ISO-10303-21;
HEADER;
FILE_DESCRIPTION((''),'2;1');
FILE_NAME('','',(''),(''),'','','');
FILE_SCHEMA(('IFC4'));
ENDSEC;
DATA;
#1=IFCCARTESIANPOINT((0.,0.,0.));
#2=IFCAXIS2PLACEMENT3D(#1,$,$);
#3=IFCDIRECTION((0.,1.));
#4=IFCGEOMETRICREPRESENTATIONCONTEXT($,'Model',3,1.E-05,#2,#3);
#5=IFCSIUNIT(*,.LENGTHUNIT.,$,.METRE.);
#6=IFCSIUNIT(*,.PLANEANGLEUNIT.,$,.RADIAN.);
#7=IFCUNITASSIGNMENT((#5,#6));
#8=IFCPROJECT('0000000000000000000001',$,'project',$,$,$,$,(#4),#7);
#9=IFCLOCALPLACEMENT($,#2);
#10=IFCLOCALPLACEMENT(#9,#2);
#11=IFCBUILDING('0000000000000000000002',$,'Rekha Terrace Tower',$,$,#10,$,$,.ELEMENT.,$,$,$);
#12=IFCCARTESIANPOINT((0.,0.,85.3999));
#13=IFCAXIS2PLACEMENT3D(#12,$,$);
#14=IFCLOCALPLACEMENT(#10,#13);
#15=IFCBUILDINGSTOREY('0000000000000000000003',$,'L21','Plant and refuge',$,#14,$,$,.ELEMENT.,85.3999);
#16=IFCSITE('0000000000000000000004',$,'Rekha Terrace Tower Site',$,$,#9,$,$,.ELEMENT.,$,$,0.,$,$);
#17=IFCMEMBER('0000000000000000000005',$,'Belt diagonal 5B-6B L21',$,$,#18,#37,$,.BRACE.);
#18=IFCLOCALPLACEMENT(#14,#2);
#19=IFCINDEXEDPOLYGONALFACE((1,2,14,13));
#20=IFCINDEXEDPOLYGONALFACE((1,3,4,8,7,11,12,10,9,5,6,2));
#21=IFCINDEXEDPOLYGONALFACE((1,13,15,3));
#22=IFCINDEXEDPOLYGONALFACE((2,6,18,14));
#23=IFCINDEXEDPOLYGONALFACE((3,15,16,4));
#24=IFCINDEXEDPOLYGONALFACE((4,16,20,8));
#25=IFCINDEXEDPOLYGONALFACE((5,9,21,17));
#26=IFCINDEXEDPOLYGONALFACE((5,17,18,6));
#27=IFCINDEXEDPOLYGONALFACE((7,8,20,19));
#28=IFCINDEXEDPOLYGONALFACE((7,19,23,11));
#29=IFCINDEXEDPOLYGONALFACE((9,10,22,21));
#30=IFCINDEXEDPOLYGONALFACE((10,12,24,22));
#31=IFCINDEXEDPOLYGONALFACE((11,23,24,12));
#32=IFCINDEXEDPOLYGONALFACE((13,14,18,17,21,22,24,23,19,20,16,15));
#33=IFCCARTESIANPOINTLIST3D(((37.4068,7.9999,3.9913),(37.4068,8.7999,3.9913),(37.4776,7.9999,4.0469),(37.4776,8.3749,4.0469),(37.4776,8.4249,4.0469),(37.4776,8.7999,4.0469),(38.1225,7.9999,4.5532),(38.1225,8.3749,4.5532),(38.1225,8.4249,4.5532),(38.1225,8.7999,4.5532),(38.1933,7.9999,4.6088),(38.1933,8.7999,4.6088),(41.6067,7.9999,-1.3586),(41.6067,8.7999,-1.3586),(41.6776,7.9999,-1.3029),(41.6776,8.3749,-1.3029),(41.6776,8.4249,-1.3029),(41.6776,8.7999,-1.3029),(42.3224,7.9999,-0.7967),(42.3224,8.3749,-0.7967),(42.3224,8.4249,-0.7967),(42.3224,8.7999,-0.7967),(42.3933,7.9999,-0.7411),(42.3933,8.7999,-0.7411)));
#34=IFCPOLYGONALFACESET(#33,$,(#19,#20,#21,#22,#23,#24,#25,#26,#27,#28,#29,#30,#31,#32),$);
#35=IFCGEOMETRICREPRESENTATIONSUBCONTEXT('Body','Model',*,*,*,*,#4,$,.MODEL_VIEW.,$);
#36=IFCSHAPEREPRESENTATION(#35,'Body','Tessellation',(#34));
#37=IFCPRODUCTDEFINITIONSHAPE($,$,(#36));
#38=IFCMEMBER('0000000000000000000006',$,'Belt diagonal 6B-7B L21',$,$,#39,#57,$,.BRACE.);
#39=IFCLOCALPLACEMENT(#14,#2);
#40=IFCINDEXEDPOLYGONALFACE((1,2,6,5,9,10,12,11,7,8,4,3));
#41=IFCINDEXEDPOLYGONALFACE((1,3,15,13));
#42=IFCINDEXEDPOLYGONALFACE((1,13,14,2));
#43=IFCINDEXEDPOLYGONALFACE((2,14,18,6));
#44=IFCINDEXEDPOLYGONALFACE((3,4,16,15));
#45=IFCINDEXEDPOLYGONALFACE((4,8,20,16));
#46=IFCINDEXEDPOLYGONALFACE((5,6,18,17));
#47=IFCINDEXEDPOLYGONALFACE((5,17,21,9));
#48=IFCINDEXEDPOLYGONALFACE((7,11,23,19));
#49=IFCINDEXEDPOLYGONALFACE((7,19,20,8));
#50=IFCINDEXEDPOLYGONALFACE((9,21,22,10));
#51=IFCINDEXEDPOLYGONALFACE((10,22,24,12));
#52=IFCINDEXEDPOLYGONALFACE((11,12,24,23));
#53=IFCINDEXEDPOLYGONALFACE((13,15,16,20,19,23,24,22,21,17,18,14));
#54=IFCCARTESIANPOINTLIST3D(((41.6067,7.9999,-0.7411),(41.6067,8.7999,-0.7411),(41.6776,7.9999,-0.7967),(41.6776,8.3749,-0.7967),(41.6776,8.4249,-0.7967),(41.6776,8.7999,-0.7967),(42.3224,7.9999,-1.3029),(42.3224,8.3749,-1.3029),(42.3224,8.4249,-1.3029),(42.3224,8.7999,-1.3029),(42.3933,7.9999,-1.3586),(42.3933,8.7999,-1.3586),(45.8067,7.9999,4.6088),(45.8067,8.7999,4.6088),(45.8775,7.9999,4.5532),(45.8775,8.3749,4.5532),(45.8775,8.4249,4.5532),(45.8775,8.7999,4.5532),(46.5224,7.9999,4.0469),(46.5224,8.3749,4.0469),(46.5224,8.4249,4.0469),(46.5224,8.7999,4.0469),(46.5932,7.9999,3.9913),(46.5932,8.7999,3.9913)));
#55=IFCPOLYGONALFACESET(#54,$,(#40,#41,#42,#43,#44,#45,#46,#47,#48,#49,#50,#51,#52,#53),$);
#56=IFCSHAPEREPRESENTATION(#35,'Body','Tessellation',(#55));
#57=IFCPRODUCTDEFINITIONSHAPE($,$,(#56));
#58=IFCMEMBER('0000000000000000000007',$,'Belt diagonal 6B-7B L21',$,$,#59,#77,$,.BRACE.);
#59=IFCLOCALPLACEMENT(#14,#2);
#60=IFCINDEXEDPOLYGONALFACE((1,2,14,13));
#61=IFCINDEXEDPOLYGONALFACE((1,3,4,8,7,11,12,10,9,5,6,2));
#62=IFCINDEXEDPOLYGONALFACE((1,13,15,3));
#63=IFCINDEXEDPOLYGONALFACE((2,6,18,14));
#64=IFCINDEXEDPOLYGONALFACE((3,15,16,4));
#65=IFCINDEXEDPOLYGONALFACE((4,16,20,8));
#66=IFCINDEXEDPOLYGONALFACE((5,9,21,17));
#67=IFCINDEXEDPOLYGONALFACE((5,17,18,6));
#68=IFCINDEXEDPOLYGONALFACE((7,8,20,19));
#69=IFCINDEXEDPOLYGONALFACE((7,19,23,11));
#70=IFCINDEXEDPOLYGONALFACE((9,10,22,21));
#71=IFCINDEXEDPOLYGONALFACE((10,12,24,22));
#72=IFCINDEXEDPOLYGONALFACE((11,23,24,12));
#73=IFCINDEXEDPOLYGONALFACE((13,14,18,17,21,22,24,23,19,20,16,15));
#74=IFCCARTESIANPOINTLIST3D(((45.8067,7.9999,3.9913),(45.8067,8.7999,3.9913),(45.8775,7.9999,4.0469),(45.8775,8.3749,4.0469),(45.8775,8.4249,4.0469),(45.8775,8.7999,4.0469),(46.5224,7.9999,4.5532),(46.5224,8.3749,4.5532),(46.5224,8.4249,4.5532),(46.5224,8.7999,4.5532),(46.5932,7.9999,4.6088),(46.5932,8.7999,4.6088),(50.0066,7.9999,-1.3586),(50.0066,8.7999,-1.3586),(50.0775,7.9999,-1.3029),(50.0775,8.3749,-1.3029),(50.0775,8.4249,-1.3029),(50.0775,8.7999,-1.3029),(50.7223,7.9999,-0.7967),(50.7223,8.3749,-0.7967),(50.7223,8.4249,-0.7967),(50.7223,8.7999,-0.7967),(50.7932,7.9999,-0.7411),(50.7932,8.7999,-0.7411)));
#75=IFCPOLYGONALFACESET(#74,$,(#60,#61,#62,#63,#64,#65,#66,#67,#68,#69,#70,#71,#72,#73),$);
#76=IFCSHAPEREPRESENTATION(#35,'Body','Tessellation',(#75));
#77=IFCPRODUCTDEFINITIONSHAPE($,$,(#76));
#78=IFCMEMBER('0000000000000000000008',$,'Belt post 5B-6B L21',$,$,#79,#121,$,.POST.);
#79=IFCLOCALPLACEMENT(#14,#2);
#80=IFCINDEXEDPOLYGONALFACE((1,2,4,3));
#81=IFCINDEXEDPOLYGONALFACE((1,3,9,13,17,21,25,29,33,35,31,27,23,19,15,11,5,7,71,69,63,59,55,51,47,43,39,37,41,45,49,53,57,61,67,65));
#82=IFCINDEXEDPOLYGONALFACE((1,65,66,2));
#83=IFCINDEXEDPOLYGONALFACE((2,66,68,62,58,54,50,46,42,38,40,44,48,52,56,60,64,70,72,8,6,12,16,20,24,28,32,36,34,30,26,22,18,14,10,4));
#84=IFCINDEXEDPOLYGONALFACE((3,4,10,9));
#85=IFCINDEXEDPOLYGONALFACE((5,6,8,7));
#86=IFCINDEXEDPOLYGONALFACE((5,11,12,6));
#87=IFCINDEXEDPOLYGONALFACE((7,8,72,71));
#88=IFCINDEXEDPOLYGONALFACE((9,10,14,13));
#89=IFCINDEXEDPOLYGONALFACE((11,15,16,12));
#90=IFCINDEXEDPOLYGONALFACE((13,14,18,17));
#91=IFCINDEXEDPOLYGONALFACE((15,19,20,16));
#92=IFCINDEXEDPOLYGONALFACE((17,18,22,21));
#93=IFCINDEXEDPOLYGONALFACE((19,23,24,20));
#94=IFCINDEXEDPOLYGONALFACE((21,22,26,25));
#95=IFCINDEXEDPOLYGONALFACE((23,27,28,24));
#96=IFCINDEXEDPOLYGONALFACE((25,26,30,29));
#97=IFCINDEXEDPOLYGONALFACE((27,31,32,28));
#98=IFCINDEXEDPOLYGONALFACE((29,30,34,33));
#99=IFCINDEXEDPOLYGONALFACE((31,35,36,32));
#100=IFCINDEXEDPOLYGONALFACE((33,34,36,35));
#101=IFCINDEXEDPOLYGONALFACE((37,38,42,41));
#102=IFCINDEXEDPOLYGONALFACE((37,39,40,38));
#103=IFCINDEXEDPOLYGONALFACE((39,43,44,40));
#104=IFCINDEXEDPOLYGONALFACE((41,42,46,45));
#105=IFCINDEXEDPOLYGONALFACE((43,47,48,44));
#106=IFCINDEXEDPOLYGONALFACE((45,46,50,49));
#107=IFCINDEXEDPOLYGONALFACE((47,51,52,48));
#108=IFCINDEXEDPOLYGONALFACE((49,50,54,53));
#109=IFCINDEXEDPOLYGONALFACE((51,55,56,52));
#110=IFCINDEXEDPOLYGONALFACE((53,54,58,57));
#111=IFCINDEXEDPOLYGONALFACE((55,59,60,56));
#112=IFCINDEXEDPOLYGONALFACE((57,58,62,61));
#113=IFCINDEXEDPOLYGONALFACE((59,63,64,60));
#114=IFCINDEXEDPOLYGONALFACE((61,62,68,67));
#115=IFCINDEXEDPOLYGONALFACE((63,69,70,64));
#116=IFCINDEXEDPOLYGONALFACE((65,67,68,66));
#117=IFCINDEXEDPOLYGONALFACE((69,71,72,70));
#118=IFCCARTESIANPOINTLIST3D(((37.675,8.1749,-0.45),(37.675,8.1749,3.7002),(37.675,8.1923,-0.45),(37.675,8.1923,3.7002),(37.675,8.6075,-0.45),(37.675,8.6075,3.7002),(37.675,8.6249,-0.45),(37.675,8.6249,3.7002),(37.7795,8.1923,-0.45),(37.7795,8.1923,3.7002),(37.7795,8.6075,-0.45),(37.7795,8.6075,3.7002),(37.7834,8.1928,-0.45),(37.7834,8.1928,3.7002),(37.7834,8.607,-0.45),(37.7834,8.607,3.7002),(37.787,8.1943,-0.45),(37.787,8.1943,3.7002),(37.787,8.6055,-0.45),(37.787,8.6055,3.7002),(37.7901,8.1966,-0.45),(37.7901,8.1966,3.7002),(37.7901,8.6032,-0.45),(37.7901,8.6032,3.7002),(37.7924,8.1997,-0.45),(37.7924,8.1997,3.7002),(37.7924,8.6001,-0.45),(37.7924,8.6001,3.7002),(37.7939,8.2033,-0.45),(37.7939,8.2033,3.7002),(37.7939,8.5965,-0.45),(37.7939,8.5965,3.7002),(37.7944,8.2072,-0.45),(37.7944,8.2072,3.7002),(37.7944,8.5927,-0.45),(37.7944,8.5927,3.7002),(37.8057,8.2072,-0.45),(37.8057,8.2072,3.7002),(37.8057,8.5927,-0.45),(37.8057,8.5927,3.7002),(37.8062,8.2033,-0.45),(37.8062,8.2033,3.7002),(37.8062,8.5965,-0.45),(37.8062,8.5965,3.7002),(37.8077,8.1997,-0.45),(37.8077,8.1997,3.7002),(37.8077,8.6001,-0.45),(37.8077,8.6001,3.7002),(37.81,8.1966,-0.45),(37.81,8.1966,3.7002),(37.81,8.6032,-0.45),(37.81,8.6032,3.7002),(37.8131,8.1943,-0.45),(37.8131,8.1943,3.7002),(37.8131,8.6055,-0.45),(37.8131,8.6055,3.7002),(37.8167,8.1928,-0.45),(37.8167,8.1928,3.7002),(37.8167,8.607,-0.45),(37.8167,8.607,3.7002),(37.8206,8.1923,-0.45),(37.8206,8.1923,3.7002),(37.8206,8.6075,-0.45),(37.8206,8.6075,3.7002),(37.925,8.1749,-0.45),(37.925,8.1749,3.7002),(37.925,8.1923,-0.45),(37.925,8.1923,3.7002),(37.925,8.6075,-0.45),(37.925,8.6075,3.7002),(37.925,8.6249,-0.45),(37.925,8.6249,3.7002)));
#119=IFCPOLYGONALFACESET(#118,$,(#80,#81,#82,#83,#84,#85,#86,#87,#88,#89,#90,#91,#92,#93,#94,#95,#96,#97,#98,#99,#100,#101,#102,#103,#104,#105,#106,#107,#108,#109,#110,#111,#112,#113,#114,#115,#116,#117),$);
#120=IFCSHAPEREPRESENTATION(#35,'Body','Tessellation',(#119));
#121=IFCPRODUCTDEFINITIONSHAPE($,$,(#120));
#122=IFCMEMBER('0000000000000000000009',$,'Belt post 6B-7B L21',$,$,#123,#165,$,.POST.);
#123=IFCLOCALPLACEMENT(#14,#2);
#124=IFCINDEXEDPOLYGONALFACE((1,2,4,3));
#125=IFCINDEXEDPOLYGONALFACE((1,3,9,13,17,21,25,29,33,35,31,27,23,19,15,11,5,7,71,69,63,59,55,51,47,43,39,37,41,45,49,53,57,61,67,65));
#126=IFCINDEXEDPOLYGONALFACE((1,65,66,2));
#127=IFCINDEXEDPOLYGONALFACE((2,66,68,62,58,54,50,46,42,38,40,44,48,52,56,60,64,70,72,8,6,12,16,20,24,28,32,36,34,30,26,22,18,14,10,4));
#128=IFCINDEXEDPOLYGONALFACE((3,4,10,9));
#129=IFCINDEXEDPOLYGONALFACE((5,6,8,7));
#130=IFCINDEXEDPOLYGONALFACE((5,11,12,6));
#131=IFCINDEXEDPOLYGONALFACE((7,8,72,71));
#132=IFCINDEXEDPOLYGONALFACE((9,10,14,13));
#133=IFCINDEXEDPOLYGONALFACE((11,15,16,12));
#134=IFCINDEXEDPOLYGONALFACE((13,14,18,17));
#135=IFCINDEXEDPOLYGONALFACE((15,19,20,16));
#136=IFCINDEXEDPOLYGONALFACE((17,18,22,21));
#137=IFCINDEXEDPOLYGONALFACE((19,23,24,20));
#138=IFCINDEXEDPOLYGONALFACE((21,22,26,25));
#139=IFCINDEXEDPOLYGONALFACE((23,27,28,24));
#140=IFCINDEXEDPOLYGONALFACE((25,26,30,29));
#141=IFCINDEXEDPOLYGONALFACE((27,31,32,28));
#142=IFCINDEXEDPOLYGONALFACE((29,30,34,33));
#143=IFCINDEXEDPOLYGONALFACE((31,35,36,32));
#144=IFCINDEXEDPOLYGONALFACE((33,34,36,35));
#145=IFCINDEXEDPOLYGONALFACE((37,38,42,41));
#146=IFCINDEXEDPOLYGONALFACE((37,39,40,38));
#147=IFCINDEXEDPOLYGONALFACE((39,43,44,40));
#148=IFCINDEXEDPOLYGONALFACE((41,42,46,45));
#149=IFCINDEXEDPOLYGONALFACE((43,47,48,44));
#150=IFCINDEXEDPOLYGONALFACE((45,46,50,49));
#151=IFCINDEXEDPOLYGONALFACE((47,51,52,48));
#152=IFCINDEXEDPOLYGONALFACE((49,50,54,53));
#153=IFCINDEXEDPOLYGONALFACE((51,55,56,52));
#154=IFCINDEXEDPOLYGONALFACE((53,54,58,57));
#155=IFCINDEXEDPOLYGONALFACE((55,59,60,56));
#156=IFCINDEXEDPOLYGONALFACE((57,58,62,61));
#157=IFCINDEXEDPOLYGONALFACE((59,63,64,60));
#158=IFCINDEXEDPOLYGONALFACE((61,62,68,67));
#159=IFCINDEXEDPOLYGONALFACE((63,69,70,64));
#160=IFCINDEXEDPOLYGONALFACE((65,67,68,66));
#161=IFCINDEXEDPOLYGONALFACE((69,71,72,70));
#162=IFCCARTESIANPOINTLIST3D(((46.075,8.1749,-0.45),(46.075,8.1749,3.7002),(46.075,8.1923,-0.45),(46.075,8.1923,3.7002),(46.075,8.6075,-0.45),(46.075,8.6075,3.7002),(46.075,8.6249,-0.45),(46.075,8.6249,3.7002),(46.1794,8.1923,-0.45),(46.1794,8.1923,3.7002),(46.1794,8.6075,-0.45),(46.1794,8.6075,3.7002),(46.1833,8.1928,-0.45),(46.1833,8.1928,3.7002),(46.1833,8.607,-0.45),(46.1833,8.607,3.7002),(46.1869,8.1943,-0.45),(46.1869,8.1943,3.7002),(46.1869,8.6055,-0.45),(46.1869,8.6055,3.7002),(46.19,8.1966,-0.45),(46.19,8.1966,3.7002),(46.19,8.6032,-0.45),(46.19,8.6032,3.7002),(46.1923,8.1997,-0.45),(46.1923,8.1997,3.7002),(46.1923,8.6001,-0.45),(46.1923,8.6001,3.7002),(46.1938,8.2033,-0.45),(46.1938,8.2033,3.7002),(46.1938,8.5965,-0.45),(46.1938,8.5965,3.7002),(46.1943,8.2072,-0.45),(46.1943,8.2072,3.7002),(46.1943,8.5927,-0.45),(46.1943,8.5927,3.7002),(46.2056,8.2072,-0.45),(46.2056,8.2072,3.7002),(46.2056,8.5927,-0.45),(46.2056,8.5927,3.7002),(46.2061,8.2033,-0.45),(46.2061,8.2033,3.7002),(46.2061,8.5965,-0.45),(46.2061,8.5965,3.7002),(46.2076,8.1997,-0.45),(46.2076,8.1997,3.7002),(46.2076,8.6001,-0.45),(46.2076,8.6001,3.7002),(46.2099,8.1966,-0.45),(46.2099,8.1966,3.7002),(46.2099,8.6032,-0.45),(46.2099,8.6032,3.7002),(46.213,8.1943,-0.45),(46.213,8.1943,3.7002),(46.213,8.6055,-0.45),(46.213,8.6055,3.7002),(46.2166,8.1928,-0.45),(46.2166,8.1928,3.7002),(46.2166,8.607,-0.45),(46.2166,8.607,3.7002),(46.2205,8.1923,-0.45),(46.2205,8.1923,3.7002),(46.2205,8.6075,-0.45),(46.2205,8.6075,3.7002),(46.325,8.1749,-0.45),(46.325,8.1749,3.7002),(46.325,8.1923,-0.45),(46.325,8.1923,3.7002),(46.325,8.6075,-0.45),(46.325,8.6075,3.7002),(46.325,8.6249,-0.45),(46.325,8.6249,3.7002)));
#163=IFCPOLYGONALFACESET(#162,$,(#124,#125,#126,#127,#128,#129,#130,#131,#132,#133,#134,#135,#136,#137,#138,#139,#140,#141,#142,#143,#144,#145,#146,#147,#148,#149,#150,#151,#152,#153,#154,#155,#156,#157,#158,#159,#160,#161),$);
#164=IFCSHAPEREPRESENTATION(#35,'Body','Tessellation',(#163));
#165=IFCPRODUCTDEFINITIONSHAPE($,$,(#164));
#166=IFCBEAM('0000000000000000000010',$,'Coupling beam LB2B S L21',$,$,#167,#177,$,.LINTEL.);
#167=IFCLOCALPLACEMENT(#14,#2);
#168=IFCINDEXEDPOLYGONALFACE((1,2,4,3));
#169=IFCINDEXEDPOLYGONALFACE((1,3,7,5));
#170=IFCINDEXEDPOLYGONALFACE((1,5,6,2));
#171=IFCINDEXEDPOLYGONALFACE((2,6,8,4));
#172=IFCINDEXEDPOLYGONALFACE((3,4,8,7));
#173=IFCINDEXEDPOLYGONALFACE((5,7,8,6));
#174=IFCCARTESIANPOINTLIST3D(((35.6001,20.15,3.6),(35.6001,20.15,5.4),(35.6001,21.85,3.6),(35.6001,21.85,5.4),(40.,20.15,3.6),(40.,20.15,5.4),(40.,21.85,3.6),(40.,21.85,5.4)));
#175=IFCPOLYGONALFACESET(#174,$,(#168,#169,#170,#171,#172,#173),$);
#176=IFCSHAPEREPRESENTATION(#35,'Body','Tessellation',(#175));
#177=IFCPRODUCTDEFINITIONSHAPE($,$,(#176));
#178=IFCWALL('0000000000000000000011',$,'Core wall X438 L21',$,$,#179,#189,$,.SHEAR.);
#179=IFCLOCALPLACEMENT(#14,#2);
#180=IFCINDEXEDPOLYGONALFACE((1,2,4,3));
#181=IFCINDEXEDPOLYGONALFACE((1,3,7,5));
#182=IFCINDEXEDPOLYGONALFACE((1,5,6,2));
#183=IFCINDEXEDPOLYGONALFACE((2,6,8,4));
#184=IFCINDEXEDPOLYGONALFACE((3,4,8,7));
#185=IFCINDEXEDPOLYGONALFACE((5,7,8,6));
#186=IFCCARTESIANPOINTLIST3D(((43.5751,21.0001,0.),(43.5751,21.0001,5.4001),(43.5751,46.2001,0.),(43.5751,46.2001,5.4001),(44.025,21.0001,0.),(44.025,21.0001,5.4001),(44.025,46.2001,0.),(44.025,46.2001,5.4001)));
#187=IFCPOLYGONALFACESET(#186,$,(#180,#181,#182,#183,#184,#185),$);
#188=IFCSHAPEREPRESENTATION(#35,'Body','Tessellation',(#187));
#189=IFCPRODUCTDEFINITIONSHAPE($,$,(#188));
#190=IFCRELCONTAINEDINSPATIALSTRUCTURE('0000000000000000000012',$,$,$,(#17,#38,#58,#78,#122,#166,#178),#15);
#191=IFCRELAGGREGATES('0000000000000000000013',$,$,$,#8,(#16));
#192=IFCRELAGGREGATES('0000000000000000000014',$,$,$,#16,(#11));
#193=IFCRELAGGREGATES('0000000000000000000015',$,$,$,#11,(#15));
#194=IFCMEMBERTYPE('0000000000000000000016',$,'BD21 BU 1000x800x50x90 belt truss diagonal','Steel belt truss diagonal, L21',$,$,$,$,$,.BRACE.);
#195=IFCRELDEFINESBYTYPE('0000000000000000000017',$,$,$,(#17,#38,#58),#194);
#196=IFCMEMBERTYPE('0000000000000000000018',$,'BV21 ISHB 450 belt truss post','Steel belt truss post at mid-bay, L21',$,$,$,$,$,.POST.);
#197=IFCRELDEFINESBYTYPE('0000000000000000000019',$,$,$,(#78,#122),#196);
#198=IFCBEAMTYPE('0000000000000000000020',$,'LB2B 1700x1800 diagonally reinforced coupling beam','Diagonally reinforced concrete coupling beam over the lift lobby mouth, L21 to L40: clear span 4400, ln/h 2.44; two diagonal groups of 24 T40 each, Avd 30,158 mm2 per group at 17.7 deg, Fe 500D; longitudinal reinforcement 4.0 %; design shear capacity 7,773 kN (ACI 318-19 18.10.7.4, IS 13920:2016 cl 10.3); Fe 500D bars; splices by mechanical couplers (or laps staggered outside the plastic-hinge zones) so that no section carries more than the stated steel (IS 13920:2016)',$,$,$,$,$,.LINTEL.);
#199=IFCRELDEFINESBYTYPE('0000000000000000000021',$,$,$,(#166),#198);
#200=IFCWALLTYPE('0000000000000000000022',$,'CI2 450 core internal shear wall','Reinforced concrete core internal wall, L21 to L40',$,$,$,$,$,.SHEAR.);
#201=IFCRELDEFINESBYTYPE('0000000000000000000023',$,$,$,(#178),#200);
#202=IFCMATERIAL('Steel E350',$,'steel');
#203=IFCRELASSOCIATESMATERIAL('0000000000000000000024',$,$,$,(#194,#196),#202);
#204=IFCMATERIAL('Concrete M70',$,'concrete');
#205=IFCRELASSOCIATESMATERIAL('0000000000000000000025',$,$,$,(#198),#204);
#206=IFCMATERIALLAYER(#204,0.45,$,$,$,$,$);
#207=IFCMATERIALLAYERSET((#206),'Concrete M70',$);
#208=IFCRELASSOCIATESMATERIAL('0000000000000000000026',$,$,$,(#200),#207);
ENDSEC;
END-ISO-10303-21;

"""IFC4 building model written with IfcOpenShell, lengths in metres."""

from ifc_helpers import new_model, si_unit, direction, frame, frame_2d, origin, origin_2d, place, context, subcontext, project, spatial, rectangle, i_section, extrude, material, layer, layer_set, material_profile, profile_set, type_object, element, save


model = new_model("IFC4")

# Units and contexts
model_context = context("Model", 3, precision=1e-05, world=origin(), true_north=direction((0.0, 1.0)))
body_context = subcontext(model_context, "Body", "Model", "MODEL_VIEW")
ifc_project = project(units=[si_unit("LENGTHUNIT", "METRE"), si_unit("PLANEANGLEUNIT", "RADIAN")], contexts=[model_context])

# Site, building, storey
site_placement = place(None, origin())
site = spatial("IfcSite", under=ifc_project, at=site_placement, Name="Rekha Terrace Tower Site", CompositionType="ELEMENT", RefElevation=0.0)
building_placement = place(site_placement, origin())
building = spatial("IfcBuilding", under=site, at=building_placement, Name="Rekha Terrace Tower", CompositionType="ELEMENT")
storey_placement = place(building_placement, frame((0.0, 0.0, 85.3999)))
storey = spatial("IfcBuildingStorey", under=building, at=storey_placement, Name="L21", Description="Plant and refuge", CompositionType="ELEMENT", Elevation=85.3999)

# Shared definitions
ifc_material_1 = material(Name="Concrete M70", Category="concrete")

# Members
ifc_material_2 = material(Name="Steel E350", Category="steel")
ifc_material_profile_1 = material_profile(ifc_material_2, i_section(OverallWidth=0.8, OverallDepth=1.0, WebThickness=0.05, FlangeThickness=0.0901, at=origin_2d()), Name="BU 1000x800x50x90")
ifc_profile_set_1 = profile_set([ifc_material_profile_1], Name="Steel E350")
member_type_1 = type_object("IfcMemberType", Name="BD21 BU 1000x800x50x90 belt truss diagonal", Description="Steel belt truss diagonal, L21", PredefinedType="BRACE", material=ifc_profile_set_1)
for number, where, z_axis, x_axis, name in (
    (1, (42.0, 8.3999, -1.0498), (-0.617503, 0.0, 0.786569), (0.0, -1.0, 0.0), "Belt diagonal 5B-6B L21"),
    (2, (42.0, 8.3999, -1.0498), (0.617503, 0.0, 0.786569), (0.0, 1.0, 0.0), "Belt diagonal 6B-7B L21"),
    (3, (50.3999, 8.3999, -1.0498), (-0.617503, 0.0, 0.786569), (0.0, -1.0, 0.0), "Belt diagonal 6B-7B L21"),
):
    element("IfcMember", number, at=place(storey_placement, frame(where, z_axis=z_axis, x_axis=x_axis)), inside=storey, type_object=member_type_1, Name=name, PredefinedType="BRACE", context=body_context, shape_type="SweptSolid", body=[
        extrude(i_section(OverallWidth=0.8, OverallDepth=1.0, WebThickness=0.05, FlangeThickness=0.0901, at=origin_2d()), origin(), (0.0, 0.0, 1.0), 6.8015),
    ])
ifc_material_profile_2 = material_profile(ifc_material_2, i_section(OverallWidth=0.25, OverallDepth=0.45, WebThickness=0.0112, FlangeThickness=0.0173, FilletRadius=0.0149, at=origin_2d()), Name="ISHB 450")
ifc_profile_set_2 = profile_set([ifc_material_profile_2], Name="Steel E350")
member_type_2 = type_object("IfcMemberType", Name="BV21 ISHB 450 belt truss post", Description="Steel belt truss post at mid-bay, L21", PredefinedType="POST", material=ifc_profile_set_2)
for number, where, z_axis, x_axis, name in (
    (4, (37.8, 8.3999, -0.45), (0.0, 0.0, 1.0), (1.0, 0.0, 0.0), "Belt post 5B-6B L21"),
    (5, (46.2, 8.3999, -0.45), (0.0, 0.0, 1.0), (1.0, 0.0, 0.0), "Belt post 6B-7B L21"),
):
    element("IfcMember", number, at=place(storey_placement, frame(where, z_axis=z_axis, x_axis=x_axis)), inside=storey, type_object=member_type_2, Name=name, PredefinedType="POST", context=body_context, shape_type="SweptSolid", body=[
        extrude(i_section(OverallWidth=0.25, OverallDepth=0.45, WebThickness=0.0112, FlangeThickness=0.0173, FilletRadius=0.0149, at=origin_2d()), origin(), (0.0, 0.0, 1.0), 4.1501),
    ])

# Beam
ifc_material_profile_3 = material_profile(ifc_material_1, rectangle(XDim=1.7, YDim=1.8, at=origin_2d()), Name="RC 1700x1800")
ifc_profile_set_3 = profile_set([ifc_material_profile_3], Name="Concrete M70")
beam_type = type_object("IfcBeamType", Name="LB2B 1700x1800 diagonally reinforced coupling beam", Description="Diagonally reinforced concrete coupling beam over the lift lobby mouth, L21 to L40: clear span 4400, ln/h 2.44; two diagonal groups of 24 T40 each, Avd 30,158 mm2 per group at 17.7 deg, Fe 500D; longitudinal reinforcement 4.0 %; design shear capacity 7,773 kN (ACI 318-19 18.10.7.4, IS 13920:2016 cl 10.3); Fe 500D bars; splices by mechanical couplers (or laps staggered outside the plastic-hinge zones) so that no section carries more than the stated steel (IS 13920:2016)", PredefinedType="LINTEL", material=ifc_profile_set_3)
beam_placement = place(storey_placement, frame((35.6001, 21.0, 4.5), z_axis=(1.0, 0.0, 0.0), x_axis=(0.0, 1.0, 0.0)))
element("IfcBeam", 6, at=beam_placement, inside=storey, type_object=beam_type, Name="Coupling beam LB2B S L21", PredefinedType="LINTEL", context=body_context, shape_type="SweptSolid", body=[
    extrude(rectangle(XDim=1.7, YDim=1.8, at=origin_2d()), origin(), (0.0, 0.0, 1.0), 4.3999),
])

# Wall
ifc_layer_1 = layer(ifc_material_1, 0.45)
ifc_layer_set_1 = layer_set([ifc_layer_1], Name="Concrete M70")
wall_type_1 = type_object("IfcWallType", Name="CI2 450 core internal shear wall", Description="Reinforced concrete core internal wall, L21 to L40", PredefinedType="SHEAR", material=ifc_layer_set_1)
wall_1_placement = place(storey_placement, frame((43.8, 21.0, 0.0), z_axis=(0.0, 0.0, 1.0), x_axis=(0.0, 1.0, 0.0)))
element("IfcWall", 7, at=wall_1_placement, inside=storey, type_object=wall_type_1, Name="Core wall X438 L21", PredefinedType="SHEAR", context=body_context, shape_type="SweptSolid", body=[
    extrude(rectangle(XDim=25.2, YDim=0.45, at=frame_2d((12.6001, 0.0))), origin(), (0.0, 0.0, 1.0), 5.4001),
])

save(model, "model.ifc")
